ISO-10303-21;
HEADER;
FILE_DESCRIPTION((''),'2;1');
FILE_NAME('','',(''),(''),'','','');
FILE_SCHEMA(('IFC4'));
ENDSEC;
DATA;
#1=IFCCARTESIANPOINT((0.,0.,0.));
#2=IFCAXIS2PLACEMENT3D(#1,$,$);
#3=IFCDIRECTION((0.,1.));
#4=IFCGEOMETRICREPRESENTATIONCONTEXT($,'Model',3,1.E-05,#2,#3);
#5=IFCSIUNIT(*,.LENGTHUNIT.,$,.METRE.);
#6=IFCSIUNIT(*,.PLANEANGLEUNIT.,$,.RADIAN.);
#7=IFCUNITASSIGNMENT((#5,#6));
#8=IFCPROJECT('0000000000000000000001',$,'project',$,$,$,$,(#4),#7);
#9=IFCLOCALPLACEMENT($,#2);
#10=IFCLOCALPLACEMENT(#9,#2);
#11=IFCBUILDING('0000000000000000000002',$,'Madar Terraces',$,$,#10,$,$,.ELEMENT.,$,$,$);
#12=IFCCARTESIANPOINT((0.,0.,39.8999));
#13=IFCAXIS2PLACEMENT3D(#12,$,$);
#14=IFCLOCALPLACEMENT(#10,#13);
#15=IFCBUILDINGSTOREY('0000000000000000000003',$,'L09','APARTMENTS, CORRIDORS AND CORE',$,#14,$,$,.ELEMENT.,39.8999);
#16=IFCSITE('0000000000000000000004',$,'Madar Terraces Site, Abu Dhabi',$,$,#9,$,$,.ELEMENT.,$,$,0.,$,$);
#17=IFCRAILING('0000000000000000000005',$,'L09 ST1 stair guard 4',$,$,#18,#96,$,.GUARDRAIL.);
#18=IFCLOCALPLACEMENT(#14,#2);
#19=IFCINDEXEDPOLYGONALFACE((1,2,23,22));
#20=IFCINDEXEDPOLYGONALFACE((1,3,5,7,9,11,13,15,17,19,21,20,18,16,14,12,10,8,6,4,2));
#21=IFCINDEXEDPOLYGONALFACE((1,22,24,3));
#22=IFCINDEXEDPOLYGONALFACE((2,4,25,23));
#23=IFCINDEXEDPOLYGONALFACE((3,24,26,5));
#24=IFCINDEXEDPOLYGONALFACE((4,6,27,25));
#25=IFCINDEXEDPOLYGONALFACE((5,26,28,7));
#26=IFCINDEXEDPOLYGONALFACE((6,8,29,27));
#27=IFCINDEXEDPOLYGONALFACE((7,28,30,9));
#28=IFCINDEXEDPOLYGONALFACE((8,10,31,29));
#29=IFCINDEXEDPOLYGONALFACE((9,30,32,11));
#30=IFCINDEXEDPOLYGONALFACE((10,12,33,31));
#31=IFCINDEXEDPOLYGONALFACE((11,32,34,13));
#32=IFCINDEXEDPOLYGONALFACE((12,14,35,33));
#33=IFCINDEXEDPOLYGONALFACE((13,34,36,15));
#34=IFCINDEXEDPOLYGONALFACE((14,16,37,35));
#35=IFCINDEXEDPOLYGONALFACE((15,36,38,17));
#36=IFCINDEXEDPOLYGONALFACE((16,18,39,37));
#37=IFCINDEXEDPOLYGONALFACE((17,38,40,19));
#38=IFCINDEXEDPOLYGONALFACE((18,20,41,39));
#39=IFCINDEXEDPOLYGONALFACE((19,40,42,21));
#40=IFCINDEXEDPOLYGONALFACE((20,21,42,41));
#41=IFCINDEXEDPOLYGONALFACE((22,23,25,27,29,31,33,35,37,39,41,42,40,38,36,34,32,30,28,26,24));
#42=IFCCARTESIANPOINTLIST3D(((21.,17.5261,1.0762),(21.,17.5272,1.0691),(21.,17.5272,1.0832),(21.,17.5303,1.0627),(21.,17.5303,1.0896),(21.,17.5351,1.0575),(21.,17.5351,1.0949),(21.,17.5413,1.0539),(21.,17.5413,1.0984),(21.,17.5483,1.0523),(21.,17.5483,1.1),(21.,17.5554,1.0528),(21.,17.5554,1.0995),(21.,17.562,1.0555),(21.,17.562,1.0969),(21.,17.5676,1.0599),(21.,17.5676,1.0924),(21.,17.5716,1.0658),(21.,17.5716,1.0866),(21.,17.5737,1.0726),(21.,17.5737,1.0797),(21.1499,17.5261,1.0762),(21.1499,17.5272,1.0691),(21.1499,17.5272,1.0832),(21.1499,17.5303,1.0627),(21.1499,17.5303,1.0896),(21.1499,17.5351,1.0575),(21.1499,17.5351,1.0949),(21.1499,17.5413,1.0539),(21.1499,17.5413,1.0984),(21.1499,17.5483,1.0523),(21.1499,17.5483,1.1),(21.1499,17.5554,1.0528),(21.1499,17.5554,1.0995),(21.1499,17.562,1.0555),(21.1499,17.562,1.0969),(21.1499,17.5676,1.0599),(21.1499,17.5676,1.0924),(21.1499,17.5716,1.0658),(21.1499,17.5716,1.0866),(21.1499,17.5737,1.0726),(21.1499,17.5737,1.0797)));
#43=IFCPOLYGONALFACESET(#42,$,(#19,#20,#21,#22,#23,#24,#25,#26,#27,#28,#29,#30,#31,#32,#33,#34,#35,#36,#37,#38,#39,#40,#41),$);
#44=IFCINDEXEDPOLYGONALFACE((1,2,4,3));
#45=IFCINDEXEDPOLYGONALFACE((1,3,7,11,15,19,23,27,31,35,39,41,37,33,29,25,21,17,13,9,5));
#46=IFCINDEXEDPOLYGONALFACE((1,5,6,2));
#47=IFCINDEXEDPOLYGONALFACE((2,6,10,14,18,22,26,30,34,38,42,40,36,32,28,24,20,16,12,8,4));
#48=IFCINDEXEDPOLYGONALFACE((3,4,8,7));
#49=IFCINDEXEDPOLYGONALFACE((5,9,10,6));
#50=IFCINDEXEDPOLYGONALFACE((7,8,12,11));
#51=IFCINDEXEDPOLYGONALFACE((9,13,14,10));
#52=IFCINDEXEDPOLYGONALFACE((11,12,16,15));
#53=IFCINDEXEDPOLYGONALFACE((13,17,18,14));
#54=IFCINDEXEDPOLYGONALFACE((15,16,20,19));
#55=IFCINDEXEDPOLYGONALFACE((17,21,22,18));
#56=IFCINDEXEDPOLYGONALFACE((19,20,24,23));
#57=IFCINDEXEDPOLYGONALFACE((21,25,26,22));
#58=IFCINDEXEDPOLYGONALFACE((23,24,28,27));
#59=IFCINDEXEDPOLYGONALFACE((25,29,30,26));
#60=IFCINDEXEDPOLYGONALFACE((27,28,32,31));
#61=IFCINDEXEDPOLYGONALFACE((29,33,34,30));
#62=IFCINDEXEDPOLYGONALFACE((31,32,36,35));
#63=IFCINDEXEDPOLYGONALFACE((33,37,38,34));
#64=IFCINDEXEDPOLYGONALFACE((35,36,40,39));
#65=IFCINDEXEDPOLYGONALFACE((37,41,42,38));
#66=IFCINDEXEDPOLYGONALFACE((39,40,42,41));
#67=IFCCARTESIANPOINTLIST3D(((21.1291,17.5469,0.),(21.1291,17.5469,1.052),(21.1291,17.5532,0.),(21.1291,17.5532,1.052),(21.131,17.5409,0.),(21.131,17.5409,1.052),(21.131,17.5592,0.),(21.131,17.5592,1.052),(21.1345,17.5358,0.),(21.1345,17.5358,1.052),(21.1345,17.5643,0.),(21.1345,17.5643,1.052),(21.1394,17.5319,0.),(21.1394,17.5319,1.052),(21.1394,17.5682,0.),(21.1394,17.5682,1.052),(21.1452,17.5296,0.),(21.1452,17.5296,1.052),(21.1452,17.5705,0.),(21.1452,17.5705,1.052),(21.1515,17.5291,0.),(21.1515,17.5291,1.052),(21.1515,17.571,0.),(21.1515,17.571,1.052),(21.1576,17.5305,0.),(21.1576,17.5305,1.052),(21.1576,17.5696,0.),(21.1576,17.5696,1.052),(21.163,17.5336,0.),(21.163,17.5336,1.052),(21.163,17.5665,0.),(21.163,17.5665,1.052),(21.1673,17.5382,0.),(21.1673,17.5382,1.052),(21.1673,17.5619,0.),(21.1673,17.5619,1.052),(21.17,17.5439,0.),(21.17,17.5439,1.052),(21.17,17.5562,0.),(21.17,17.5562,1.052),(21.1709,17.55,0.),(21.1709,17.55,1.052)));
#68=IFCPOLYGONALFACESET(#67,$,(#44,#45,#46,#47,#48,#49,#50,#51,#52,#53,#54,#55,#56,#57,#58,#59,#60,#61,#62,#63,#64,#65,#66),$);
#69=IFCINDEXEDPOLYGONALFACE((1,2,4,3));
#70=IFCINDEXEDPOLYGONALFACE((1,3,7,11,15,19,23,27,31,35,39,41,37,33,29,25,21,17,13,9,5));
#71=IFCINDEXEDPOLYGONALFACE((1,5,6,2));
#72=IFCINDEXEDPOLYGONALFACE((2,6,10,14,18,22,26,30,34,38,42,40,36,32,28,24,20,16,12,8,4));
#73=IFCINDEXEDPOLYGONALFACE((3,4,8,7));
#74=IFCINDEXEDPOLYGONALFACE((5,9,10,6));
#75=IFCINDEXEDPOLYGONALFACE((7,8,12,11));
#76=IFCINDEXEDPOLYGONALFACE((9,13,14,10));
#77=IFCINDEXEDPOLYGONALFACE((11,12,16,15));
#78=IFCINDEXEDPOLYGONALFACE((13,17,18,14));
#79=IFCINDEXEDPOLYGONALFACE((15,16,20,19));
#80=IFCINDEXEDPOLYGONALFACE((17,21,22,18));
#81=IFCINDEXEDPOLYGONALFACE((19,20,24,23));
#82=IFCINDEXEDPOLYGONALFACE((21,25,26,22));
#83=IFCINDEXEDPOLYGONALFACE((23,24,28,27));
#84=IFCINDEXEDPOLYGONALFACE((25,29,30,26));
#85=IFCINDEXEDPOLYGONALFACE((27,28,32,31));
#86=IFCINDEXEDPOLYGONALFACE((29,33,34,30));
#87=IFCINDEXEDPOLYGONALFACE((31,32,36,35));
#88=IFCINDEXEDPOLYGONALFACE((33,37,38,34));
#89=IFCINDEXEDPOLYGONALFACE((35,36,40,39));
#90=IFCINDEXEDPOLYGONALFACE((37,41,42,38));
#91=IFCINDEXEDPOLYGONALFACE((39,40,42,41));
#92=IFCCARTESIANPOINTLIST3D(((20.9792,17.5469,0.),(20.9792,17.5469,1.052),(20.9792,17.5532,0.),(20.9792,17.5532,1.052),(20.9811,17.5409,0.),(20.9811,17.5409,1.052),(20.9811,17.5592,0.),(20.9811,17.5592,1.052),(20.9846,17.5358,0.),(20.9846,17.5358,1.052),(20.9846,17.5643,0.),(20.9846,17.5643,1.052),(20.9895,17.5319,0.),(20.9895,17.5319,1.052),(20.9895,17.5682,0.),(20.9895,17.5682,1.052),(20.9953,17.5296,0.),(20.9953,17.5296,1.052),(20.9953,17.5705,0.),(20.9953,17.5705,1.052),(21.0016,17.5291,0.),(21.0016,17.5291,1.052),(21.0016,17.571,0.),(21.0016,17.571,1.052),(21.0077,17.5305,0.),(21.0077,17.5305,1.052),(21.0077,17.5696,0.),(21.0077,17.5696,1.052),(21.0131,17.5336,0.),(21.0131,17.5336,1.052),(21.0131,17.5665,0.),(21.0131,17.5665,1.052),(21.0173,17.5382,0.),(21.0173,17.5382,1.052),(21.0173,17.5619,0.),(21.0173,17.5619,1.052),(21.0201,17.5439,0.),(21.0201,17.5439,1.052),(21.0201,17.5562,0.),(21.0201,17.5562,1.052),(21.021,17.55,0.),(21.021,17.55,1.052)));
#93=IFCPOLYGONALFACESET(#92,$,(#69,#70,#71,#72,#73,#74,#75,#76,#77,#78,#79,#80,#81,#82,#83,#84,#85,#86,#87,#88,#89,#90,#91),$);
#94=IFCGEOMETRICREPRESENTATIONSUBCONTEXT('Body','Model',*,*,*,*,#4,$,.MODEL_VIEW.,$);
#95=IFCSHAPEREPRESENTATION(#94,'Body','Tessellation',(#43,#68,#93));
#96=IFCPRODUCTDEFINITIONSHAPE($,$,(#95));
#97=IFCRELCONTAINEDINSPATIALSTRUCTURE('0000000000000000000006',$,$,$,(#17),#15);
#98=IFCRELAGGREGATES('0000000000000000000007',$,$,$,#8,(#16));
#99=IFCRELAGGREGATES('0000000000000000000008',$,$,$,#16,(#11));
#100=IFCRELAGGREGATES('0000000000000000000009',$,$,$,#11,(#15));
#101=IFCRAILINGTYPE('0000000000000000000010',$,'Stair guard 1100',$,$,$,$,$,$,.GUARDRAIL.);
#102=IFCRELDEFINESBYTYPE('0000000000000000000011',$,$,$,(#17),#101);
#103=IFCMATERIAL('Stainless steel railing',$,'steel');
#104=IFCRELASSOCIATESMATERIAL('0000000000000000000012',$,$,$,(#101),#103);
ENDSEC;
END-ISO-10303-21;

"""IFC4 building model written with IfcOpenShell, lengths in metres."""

from ifc_helpers import new_model, si_unit, direction, frame, origin, origin_2d, place, context, subcontext, project, spatial, circle, extrude, material, type_object, element, save


model = new_model("IFC4")

# Units and contexts
model_context = context("Model", 3, precision=1e-05, world=origin(), true_north=direction((0.0, 1.0)))
body_context = subcontext(model_context, "Body", "Model", "MODEL_VIEW")
ifc_project = project(units=[si_unit("LENGTHUNIT", "METRE"), si_unit("PLANEANGLEUNIT", "RADIAN")], contexts=[model_context])

# Site, building, storey
site_placement = place(None, origin())
site = spatial("IfcSite", under=ifc_project, at=site_placement, Name="Madar Terraces Site, Abu Dhabi", CompositionType="ELEMENT", RefElevation=0.0)
building_placement = place(site_placement, origin())
building = spatial("IfcBuilding", under=site, at=building_placement, Name="Madar Terraces", CompositionType="ELEMENT")
storey_placement = place(building_placement, frame((0.0, 0.0, 39.8999)))
storey = spatial("IfcBuildingStorey", under=building, at=storey_placement, Name="L09", Description="APARTMENTS, CORRIDORS AND CORE", CompositionType="ELEMENT", Elevation=39.8999)

# Railing
ifc_material_1 = material(Name="Stainless steel railing", Category="steel")
railing_type_1 = type_object("IfcRailingType", Name="Stair guard 1100", PredefinedType="GUARDRAIL", material=ifc_material_1)
railing_1_placement = place(storey_placement, frame((21.1499, 17.55, 0.0)))
element("IfcRailing", 1, at=railing_1_placement, inside=storey, type_object=railing_type_1, Name="L09 ST1 stair guard 4", PredefinedType="GUARDRAIL", context=body_context, shape_type="SweptSolid", body=[
    extrude(circle(Radius=0.0239, at=origin_2d()), frame((0.0, 0.0, 1.0762), z_axis=(-1.0, 0.0, 0.0), x_axis=(0.0, -1.0, 0.0)), (0.0, 0.0, 1.0), 0.1499),
    extrude(circle(Radius=0.021, at=origin_2d()), origin(), (0.0, 0.0, 1.0), 1.052),
    extrude(circle(Radius=0.021, at=origin_2d()), frame((-0.1499, 0.0, 0.0)), (0.0, 0.0, 1.0), 1.052),
])

save(model, "model.ifc")
